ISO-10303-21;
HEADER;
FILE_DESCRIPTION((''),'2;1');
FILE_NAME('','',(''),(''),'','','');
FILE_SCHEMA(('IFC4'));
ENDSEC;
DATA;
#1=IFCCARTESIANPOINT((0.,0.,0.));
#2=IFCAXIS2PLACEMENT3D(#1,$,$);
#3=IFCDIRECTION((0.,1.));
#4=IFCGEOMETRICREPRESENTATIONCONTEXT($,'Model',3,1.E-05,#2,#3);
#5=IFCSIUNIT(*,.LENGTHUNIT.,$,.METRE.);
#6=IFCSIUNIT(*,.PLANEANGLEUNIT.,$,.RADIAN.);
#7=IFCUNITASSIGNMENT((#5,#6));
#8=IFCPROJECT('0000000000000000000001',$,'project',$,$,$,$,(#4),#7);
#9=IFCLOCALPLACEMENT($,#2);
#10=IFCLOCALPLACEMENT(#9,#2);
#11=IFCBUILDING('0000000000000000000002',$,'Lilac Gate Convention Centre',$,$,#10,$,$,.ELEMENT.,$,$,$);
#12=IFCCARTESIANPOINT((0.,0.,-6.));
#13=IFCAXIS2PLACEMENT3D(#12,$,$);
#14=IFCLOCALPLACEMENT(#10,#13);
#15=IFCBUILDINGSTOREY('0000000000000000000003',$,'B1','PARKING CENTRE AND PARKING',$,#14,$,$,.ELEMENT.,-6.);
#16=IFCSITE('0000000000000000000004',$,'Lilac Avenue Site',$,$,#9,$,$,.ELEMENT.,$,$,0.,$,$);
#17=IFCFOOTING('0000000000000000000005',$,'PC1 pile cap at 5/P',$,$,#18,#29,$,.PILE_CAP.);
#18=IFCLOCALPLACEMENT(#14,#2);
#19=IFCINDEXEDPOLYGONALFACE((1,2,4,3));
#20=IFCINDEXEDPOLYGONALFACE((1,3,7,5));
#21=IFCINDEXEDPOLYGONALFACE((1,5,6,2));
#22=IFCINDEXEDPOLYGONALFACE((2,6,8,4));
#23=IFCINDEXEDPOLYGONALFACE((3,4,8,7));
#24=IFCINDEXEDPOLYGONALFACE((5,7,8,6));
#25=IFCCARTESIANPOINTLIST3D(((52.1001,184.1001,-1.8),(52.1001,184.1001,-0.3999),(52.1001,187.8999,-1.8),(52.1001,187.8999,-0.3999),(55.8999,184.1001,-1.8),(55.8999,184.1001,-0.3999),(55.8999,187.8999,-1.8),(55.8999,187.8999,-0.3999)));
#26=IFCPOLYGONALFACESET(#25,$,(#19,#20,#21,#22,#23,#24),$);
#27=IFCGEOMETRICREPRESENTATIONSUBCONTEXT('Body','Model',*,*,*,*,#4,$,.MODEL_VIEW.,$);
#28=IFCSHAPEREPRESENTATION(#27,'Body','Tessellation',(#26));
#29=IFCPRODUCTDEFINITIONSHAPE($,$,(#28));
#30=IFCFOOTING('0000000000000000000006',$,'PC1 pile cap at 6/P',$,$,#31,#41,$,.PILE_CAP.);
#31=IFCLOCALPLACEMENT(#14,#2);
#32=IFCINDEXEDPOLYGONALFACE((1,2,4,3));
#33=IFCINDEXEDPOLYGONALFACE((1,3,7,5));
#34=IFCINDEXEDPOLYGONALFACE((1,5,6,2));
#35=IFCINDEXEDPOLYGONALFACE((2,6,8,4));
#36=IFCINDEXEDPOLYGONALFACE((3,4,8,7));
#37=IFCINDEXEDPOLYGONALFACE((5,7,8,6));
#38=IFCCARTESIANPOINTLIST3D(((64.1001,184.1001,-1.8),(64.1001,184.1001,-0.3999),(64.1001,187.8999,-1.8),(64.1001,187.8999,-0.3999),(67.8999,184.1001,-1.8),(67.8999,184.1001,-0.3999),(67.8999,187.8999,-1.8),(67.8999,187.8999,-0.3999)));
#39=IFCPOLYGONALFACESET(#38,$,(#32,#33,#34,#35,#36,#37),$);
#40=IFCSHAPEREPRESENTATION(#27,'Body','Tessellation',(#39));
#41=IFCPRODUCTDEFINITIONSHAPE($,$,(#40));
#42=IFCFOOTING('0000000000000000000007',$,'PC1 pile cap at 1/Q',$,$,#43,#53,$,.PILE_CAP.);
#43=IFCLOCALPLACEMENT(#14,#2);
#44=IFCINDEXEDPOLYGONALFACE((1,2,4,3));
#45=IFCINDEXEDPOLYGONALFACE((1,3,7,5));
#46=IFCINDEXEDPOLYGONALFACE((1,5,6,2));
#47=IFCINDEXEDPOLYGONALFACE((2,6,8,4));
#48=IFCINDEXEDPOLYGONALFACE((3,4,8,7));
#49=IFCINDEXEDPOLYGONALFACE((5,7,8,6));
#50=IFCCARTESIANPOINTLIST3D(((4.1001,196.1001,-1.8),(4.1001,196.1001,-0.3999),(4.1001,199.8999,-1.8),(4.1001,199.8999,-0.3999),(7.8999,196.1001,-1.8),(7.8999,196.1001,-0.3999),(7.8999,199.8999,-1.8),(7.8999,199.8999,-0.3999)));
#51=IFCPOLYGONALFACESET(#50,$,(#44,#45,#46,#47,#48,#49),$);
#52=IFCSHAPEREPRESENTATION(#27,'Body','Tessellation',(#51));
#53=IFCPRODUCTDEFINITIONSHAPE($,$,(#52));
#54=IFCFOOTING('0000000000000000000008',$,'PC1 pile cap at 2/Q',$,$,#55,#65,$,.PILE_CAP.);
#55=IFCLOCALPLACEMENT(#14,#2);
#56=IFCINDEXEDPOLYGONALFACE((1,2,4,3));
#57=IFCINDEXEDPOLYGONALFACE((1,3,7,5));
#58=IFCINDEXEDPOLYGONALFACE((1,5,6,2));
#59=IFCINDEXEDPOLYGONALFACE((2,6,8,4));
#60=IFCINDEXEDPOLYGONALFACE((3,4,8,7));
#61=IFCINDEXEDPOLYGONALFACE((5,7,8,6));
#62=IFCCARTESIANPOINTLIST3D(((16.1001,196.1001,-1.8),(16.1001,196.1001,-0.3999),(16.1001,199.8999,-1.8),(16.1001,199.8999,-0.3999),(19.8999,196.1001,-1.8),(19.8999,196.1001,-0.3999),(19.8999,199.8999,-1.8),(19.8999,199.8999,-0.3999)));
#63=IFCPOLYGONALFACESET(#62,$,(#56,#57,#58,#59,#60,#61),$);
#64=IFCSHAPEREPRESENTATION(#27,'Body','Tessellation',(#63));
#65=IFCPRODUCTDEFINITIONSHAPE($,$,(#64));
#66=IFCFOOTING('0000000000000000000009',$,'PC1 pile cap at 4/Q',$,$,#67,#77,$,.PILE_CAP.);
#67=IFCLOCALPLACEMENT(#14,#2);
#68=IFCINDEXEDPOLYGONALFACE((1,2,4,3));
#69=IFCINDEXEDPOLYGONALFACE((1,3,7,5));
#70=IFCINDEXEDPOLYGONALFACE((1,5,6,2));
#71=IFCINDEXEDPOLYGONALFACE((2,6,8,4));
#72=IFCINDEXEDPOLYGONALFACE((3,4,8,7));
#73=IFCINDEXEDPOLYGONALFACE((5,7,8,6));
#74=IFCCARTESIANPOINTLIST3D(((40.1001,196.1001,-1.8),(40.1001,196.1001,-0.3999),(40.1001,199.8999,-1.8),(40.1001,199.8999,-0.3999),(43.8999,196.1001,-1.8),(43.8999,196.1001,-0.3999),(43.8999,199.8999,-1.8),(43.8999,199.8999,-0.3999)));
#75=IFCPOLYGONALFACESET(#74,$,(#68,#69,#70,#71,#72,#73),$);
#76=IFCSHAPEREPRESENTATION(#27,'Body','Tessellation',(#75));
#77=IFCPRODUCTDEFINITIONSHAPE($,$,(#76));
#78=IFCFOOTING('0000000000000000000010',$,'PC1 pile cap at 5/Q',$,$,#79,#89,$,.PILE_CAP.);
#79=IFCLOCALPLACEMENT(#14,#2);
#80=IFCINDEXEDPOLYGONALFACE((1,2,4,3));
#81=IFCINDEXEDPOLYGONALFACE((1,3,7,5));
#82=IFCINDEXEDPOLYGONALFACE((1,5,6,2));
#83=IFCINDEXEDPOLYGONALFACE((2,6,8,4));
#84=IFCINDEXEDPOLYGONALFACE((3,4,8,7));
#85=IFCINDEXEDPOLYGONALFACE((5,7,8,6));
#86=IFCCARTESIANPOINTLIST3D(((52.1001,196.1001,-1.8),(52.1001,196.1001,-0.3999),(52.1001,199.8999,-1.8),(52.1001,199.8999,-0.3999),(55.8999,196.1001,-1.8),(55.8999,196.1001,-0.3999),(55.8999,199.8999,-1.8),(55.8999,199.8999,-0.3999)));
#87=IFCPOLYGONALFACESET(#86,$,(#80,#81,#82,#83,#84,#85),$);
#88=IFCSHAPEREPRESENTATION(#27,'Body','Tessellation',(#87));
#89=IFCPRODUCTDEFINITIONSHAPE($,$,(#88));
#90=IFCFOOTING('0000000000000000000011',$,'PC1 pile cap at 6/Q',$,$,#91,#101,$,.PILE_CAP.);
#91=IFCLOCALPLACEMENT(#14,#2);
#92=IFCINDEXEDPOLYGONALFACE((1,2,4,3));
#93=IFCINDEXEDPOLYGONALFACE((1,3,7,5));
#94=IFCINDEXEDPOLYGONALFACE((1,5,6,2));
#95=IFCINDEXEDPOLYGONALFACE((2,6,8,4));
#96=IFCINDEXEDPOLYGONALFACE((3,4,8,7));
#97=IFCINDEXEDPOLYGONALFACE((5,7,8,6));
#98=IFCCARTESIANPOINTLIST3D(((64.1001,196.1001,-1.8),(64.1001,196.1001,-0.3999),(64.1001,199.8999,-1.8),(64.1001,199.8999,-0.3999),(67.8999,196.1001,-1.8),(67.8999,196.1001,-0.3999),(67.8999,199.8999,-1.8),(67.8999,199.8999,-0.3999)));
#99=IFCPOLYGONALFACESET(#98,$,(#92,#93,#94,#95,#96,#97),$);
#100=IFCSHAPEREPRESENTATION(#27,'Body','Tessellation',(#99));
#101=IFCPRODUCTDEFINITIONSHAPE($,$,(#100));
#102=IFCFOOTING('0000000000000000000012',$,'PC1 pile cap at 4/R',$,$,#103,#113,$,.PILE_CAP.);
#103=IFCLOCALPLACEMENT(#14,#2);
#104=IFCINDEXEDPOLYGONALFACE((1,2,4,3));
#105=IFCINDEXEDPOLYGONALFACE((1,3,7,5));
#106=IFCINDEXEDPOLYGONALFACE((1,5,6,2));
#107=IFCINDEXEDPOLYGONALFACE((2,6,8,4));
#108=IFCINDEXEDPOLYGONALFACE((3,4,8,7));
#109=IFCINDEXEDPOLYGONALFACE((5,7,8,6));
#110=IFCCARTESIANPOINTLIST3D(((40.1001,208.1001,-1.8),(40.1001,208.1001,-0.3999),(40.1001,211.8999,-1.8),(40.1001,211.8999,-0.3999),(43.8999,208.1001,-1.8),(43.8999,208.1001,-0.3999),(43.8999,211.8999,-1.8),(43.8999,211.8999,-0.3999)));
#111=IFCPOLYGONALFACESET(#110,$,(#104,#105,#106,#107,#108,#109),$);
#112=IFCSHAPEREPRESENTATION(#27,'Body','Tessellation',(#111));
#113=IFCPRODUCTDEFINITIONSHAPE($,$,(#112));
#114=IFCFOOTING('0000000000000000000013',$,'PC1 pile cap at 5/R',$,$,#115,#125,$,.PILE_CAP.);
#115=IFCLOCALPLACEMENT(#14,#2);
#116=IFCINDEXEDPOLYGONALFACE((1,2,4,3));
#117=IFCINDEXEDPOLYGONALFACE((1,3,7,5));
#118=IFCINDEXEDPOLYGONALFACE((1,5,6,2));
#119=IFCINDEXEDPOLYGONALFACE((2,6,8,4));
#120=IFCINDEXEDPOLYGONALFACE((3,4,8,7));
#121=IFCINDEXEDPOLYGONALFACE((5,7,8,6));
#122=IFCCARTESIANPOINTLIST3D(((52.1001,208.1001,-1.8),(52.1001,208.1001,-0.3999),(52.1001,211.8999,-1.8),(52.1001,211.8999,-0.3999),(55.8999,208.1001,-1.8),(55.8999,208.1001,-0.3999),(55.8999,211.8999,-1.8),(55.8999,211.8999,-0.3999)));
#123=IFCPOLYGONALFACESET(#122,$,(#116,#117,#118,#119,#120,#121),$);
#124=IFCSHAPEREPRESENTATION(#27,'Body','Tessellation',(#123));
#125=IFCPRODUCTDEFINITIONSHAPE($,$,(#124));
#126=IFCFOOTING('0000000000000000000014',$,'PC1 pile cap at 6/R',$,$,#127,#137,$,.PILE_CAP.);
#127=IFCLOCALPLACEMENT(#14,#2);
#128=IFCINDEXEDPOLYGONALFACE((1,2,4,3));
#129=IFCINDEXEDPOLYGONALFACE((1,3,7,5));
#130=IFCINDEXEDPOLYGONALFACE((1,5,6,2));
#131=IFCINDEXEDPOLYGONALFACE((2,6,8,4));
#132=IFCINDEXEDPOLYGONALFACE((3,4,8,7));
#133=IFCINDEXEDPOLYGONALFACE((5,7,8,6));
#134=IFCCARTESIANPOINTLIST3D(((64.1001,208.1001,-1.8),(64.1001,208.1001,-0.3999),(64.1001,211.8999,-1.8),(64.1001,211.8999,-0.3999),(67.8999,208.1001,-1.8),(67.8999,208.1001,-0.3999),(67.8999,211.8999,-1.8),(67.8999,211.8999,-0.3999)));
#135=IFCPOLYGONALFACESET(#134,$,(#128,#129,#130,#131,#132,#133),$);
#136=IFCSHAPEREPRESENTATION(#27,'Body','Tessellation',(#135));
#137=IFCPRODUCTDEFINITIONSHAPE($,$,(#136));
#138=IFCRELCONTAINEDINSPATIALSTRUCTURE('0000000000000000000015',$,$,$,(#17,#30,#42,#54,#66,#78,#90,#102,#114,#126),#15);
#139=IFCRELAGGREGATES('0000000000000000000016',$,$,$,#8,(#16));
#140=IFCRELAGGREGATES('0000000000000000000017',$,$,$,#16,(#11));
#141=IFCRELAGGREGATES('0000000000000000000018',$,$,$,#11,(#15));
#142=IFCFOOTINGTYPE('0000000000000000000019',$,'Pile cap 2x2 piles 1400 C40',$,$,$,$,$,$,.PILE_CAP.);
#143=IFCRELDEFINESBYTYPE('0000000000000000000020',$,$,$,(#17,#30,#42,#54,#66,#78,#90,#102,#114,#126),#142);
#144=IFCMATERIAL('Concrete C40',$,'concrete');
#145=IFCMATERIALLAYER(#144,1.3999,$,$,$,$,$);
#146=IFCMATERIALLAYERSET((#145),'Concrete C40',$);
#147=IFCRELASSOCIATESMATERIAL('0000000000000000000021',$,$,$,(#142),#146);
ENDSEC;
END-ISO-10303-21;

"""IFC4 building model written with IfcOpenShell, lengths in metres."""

from ifc_helpers import new_model, si_unit, direction, frame, origin, place, context, subcontext, project, spatial, polyline, outline, extrude, material, layer, layer_set, type_object, element, save


model = new_model("IFC4")

# Units and contexts
model_context = context("Model", 3, precision=1e-05, world=origin(), true_north=direction((0.0, 1.0)))
body_context = subcontext(model_context, "Body", "Model", "MODEL_VIEW")
ifc_project = project(units=[si_unit("LENGTHUNIT", "METRE"), si_unit("PLANEANGLEUNIT", "RADIAN")], contexts=[model_context])

# Site, building, storey
site_placement = place(None, origin())
site = spatial("IfcSite", under=ifc_project, at=site_placement, Name="Lilac Avenue Site", CompositionType="ELEMENT", RefElevation=0.0)
building_placement = place(site_placement, origin())
building = spatial("IfcBuilding", under=site, at=building_placement, Name="Lilac Gate Convention Centre", CompositionType="ELEMENT")
storey_placement = place(building_placement, frame((0.0, 0.0, -6.0)))
storey = spatial("IfcBuildingStorey", under=building, at=storey_placement, Name="B1", Description="PARKING CENTRE AND PARKING", CompositionType="ELEMENT", Elevation=-6.0)

# Footings
ifc_material = material(Name="Concrete C40", Category="concrete")
ifc_layer = layer(ifc_material, 1.3999)
ifc_layer_set = layer_set([ifc_layer], Name="Concrete C40")
footing_type = type_object("IfcFootingType", Name="Pile cap 2x2 piles 1400 C40", PredefinedType="PILE_CAP", material=ifc_layer_set)
footing_1_placement = place(storey_placement, frame((0.0, 0.0, -1.8)))
element("IfcFooting", 1, at=footing_1_placement, inside=storey, type_object=footing_type, Name="PC1 pile cap at 5/P", PredefinedType="PILE_CAP", context=body_context, shape_type="SweptSolid", body=[
    extrude(outline(polyline([(52.1001, 184.1001), (55.8999, 184.1001), (55.8999, 187.8999), (52.1001, 187.8999), (52.1001, 184.1001)])), origin(), (0.0, 0.0, 1.0), 1.4001),
])
footing_2_placement = place(storey_placement, frame((0.0, 0.0, -1.8)))
element("IfcFooting", 2, at=footing_2_placement, inside=storey, type_object=footing_type, Name="PC1 pile cap at 6/P", PredefinedType="PILE_CAP", context=body_context, shape_type="SweptSolid", body=[
    extrude(outline(polyline([(64.1001, 184.1001), (67.8999, 184.1001), (67.8999, 187.8999), (64.1001, 187.8999), (64.1001, 184.1001)])), origin(), (0.0, 0.0, 1.0), 1.4001),
])
footing_3_placement = place(storey_placement, frame((0.0, 0.0, -1.8)))
element("IfcFooting", 3, at=footing_3_placement, inside=storey, type_object=footing_type, Name="PC1 pile cap at 1/Q", PredefinedType="PILE_CAP", context=body_context, shape_type="SweptSolid", body=[
    extrude(outline(polyline([(4.1001, 196.1001), (7.8999, 196.1001), (7.8999, 199.8999), (4.1001, 199.8999), (4.1001, 196.1001)])), origin(), (0.0, 0.0, 1.0), 1.4001),
])
footing_4_placement = place(storey_placement, frame((0.0, 0.0, -1.8)))
element("IfcFooting", 4, at=footing_4_placement, inside=storey, type_object=footing_type, Name="PC1 pile cap at 2/Q", PredefinedType="PILE_CAP", context=body_context, shape_type="SweptSolid", body=[
    extrude(outline(polyline([(16.1001, 196.1001), (19.8999, 196.1001), (19.8999, 199.8999), (16.1001, 199.8999), (16.1001, 196.1001)])), origin(), (0.0, 0.0, 1.0), 1.4001),
])
footing_5_placement = place(storey_placement, frame((0.0, 0.0, -1.8)))
element("IfcFooting", 5, at=footing_5_placement, inside=storey, type_object=footing_type, Name="PC1 pile cap at 4/Q", PredefinedType="PILE_CAP", context=body_context, shape_type="SweptSolid", body=[
    extrude(outline(polyline([(40.1001, 196.1001), (43.8999, 196.1001), (43.8999, 199.8999), (40.1001, 199.8999), (40.1001, 196.1001)])), origin(), (0.0, 0.0, 1.0), 1.4001),
])
footing_6_placement = place(storey_placement, frame((0.0, 0.0, -1.8)))
element("IfcFooting", 6, at=footing_6_placement, inside=storey, type_object=footing_type, Name="PC1 pile cap at 5/Q", PredefinedType="PILE_CAP", context=body_context, shape_type="SweptSolid", body=[
    extrude(outline(polyline([(52.1001, 196.1001), (55.8999, 196.1001), (55.8999, 199.8999), (52.1001, 199.8999), (52.1001, 196.1001)])), origin(), (0.0, 0.0, 1.0), 1.4001),
])
footing_7_placement = place(storey_placement, frame((0.0, 0.0, -1.8)))
element("IfcFooting", 7, at=footing_7_placement, inside=storey, type_object=footing_type, Name="PC1 pile cap at 6/Q", PredefinedType="PILE_CAP", context=body_context, shape_type="SweptSolid", body=[
    extrude(outline(polyline([(64.1001, 196.1001), (67.8999, 196.1001), (67.8999, 199.8999), (64.1001, 199.8999), (64.1001, 196.1001)])), origin(), (0.0, 0.0, 1.0), 1.4001),
])
footing_8_placement = place(storey_placement, frame((0.0, 0.0, -1.8)))
element("IfcFooting", 8, at=footing_8_placement, inside=storey, type_object=footing_type, Name="PC1 pile cap at 4/R", PredefinedType="PILE_CAP", context=body_context, shape_type="SweptSolid", body=[
    extrude(outline(polyline([(40.1001, 208.1001), (43.8999, 208.1001), (43.8999, 211.8999), (40.1001, 211.8999), (40.1001, 208.1001)])), origin(), (0.0, 0.0, 1.0), 1.4001),
])
footing_9_placement = place(storey_placement, frame((0.0, 0.0, -1.8)))
element("IfcFooting", 9, at=footing_9_placement, inside=storey, type_object=footing_type, Name="PC1 pile cap at 5/R", PredefinedType="PILE_CAP", context=body_context, shape_type="SweptSolid", body=[
    extrude(outline(polyline([(52.1001, 208.1001), (55.8999, 208.1001), (55.8999, 211.8999), (52.1001, 211.8999), (52.1001, 208.1001)])), origin(), (0.0, 0.0, 1.0), 1.4001),
])
footing_10_placement = place(storey_placement, frame((0.0, 0.0, -1.8)))
element("IfcFooting", 10, at=footing_10_placement, inside=storey, type_object=footing_type, Name="PC1 pile cap at 6/R", PredefinedType="PILE_CAP", context=body_context, shape_type="SweptSolid", body=[
    extrude(outline(polyline([(64.1001, 208.1001), (67.8999, 208.1001), (67.8999, 211.8999), (64.1001, 211.8999), (64.1001, 208.1001)])), origin(), (0.0, 0.0, 1.0), 1.4001),
])

save(model, "model.ifc")
